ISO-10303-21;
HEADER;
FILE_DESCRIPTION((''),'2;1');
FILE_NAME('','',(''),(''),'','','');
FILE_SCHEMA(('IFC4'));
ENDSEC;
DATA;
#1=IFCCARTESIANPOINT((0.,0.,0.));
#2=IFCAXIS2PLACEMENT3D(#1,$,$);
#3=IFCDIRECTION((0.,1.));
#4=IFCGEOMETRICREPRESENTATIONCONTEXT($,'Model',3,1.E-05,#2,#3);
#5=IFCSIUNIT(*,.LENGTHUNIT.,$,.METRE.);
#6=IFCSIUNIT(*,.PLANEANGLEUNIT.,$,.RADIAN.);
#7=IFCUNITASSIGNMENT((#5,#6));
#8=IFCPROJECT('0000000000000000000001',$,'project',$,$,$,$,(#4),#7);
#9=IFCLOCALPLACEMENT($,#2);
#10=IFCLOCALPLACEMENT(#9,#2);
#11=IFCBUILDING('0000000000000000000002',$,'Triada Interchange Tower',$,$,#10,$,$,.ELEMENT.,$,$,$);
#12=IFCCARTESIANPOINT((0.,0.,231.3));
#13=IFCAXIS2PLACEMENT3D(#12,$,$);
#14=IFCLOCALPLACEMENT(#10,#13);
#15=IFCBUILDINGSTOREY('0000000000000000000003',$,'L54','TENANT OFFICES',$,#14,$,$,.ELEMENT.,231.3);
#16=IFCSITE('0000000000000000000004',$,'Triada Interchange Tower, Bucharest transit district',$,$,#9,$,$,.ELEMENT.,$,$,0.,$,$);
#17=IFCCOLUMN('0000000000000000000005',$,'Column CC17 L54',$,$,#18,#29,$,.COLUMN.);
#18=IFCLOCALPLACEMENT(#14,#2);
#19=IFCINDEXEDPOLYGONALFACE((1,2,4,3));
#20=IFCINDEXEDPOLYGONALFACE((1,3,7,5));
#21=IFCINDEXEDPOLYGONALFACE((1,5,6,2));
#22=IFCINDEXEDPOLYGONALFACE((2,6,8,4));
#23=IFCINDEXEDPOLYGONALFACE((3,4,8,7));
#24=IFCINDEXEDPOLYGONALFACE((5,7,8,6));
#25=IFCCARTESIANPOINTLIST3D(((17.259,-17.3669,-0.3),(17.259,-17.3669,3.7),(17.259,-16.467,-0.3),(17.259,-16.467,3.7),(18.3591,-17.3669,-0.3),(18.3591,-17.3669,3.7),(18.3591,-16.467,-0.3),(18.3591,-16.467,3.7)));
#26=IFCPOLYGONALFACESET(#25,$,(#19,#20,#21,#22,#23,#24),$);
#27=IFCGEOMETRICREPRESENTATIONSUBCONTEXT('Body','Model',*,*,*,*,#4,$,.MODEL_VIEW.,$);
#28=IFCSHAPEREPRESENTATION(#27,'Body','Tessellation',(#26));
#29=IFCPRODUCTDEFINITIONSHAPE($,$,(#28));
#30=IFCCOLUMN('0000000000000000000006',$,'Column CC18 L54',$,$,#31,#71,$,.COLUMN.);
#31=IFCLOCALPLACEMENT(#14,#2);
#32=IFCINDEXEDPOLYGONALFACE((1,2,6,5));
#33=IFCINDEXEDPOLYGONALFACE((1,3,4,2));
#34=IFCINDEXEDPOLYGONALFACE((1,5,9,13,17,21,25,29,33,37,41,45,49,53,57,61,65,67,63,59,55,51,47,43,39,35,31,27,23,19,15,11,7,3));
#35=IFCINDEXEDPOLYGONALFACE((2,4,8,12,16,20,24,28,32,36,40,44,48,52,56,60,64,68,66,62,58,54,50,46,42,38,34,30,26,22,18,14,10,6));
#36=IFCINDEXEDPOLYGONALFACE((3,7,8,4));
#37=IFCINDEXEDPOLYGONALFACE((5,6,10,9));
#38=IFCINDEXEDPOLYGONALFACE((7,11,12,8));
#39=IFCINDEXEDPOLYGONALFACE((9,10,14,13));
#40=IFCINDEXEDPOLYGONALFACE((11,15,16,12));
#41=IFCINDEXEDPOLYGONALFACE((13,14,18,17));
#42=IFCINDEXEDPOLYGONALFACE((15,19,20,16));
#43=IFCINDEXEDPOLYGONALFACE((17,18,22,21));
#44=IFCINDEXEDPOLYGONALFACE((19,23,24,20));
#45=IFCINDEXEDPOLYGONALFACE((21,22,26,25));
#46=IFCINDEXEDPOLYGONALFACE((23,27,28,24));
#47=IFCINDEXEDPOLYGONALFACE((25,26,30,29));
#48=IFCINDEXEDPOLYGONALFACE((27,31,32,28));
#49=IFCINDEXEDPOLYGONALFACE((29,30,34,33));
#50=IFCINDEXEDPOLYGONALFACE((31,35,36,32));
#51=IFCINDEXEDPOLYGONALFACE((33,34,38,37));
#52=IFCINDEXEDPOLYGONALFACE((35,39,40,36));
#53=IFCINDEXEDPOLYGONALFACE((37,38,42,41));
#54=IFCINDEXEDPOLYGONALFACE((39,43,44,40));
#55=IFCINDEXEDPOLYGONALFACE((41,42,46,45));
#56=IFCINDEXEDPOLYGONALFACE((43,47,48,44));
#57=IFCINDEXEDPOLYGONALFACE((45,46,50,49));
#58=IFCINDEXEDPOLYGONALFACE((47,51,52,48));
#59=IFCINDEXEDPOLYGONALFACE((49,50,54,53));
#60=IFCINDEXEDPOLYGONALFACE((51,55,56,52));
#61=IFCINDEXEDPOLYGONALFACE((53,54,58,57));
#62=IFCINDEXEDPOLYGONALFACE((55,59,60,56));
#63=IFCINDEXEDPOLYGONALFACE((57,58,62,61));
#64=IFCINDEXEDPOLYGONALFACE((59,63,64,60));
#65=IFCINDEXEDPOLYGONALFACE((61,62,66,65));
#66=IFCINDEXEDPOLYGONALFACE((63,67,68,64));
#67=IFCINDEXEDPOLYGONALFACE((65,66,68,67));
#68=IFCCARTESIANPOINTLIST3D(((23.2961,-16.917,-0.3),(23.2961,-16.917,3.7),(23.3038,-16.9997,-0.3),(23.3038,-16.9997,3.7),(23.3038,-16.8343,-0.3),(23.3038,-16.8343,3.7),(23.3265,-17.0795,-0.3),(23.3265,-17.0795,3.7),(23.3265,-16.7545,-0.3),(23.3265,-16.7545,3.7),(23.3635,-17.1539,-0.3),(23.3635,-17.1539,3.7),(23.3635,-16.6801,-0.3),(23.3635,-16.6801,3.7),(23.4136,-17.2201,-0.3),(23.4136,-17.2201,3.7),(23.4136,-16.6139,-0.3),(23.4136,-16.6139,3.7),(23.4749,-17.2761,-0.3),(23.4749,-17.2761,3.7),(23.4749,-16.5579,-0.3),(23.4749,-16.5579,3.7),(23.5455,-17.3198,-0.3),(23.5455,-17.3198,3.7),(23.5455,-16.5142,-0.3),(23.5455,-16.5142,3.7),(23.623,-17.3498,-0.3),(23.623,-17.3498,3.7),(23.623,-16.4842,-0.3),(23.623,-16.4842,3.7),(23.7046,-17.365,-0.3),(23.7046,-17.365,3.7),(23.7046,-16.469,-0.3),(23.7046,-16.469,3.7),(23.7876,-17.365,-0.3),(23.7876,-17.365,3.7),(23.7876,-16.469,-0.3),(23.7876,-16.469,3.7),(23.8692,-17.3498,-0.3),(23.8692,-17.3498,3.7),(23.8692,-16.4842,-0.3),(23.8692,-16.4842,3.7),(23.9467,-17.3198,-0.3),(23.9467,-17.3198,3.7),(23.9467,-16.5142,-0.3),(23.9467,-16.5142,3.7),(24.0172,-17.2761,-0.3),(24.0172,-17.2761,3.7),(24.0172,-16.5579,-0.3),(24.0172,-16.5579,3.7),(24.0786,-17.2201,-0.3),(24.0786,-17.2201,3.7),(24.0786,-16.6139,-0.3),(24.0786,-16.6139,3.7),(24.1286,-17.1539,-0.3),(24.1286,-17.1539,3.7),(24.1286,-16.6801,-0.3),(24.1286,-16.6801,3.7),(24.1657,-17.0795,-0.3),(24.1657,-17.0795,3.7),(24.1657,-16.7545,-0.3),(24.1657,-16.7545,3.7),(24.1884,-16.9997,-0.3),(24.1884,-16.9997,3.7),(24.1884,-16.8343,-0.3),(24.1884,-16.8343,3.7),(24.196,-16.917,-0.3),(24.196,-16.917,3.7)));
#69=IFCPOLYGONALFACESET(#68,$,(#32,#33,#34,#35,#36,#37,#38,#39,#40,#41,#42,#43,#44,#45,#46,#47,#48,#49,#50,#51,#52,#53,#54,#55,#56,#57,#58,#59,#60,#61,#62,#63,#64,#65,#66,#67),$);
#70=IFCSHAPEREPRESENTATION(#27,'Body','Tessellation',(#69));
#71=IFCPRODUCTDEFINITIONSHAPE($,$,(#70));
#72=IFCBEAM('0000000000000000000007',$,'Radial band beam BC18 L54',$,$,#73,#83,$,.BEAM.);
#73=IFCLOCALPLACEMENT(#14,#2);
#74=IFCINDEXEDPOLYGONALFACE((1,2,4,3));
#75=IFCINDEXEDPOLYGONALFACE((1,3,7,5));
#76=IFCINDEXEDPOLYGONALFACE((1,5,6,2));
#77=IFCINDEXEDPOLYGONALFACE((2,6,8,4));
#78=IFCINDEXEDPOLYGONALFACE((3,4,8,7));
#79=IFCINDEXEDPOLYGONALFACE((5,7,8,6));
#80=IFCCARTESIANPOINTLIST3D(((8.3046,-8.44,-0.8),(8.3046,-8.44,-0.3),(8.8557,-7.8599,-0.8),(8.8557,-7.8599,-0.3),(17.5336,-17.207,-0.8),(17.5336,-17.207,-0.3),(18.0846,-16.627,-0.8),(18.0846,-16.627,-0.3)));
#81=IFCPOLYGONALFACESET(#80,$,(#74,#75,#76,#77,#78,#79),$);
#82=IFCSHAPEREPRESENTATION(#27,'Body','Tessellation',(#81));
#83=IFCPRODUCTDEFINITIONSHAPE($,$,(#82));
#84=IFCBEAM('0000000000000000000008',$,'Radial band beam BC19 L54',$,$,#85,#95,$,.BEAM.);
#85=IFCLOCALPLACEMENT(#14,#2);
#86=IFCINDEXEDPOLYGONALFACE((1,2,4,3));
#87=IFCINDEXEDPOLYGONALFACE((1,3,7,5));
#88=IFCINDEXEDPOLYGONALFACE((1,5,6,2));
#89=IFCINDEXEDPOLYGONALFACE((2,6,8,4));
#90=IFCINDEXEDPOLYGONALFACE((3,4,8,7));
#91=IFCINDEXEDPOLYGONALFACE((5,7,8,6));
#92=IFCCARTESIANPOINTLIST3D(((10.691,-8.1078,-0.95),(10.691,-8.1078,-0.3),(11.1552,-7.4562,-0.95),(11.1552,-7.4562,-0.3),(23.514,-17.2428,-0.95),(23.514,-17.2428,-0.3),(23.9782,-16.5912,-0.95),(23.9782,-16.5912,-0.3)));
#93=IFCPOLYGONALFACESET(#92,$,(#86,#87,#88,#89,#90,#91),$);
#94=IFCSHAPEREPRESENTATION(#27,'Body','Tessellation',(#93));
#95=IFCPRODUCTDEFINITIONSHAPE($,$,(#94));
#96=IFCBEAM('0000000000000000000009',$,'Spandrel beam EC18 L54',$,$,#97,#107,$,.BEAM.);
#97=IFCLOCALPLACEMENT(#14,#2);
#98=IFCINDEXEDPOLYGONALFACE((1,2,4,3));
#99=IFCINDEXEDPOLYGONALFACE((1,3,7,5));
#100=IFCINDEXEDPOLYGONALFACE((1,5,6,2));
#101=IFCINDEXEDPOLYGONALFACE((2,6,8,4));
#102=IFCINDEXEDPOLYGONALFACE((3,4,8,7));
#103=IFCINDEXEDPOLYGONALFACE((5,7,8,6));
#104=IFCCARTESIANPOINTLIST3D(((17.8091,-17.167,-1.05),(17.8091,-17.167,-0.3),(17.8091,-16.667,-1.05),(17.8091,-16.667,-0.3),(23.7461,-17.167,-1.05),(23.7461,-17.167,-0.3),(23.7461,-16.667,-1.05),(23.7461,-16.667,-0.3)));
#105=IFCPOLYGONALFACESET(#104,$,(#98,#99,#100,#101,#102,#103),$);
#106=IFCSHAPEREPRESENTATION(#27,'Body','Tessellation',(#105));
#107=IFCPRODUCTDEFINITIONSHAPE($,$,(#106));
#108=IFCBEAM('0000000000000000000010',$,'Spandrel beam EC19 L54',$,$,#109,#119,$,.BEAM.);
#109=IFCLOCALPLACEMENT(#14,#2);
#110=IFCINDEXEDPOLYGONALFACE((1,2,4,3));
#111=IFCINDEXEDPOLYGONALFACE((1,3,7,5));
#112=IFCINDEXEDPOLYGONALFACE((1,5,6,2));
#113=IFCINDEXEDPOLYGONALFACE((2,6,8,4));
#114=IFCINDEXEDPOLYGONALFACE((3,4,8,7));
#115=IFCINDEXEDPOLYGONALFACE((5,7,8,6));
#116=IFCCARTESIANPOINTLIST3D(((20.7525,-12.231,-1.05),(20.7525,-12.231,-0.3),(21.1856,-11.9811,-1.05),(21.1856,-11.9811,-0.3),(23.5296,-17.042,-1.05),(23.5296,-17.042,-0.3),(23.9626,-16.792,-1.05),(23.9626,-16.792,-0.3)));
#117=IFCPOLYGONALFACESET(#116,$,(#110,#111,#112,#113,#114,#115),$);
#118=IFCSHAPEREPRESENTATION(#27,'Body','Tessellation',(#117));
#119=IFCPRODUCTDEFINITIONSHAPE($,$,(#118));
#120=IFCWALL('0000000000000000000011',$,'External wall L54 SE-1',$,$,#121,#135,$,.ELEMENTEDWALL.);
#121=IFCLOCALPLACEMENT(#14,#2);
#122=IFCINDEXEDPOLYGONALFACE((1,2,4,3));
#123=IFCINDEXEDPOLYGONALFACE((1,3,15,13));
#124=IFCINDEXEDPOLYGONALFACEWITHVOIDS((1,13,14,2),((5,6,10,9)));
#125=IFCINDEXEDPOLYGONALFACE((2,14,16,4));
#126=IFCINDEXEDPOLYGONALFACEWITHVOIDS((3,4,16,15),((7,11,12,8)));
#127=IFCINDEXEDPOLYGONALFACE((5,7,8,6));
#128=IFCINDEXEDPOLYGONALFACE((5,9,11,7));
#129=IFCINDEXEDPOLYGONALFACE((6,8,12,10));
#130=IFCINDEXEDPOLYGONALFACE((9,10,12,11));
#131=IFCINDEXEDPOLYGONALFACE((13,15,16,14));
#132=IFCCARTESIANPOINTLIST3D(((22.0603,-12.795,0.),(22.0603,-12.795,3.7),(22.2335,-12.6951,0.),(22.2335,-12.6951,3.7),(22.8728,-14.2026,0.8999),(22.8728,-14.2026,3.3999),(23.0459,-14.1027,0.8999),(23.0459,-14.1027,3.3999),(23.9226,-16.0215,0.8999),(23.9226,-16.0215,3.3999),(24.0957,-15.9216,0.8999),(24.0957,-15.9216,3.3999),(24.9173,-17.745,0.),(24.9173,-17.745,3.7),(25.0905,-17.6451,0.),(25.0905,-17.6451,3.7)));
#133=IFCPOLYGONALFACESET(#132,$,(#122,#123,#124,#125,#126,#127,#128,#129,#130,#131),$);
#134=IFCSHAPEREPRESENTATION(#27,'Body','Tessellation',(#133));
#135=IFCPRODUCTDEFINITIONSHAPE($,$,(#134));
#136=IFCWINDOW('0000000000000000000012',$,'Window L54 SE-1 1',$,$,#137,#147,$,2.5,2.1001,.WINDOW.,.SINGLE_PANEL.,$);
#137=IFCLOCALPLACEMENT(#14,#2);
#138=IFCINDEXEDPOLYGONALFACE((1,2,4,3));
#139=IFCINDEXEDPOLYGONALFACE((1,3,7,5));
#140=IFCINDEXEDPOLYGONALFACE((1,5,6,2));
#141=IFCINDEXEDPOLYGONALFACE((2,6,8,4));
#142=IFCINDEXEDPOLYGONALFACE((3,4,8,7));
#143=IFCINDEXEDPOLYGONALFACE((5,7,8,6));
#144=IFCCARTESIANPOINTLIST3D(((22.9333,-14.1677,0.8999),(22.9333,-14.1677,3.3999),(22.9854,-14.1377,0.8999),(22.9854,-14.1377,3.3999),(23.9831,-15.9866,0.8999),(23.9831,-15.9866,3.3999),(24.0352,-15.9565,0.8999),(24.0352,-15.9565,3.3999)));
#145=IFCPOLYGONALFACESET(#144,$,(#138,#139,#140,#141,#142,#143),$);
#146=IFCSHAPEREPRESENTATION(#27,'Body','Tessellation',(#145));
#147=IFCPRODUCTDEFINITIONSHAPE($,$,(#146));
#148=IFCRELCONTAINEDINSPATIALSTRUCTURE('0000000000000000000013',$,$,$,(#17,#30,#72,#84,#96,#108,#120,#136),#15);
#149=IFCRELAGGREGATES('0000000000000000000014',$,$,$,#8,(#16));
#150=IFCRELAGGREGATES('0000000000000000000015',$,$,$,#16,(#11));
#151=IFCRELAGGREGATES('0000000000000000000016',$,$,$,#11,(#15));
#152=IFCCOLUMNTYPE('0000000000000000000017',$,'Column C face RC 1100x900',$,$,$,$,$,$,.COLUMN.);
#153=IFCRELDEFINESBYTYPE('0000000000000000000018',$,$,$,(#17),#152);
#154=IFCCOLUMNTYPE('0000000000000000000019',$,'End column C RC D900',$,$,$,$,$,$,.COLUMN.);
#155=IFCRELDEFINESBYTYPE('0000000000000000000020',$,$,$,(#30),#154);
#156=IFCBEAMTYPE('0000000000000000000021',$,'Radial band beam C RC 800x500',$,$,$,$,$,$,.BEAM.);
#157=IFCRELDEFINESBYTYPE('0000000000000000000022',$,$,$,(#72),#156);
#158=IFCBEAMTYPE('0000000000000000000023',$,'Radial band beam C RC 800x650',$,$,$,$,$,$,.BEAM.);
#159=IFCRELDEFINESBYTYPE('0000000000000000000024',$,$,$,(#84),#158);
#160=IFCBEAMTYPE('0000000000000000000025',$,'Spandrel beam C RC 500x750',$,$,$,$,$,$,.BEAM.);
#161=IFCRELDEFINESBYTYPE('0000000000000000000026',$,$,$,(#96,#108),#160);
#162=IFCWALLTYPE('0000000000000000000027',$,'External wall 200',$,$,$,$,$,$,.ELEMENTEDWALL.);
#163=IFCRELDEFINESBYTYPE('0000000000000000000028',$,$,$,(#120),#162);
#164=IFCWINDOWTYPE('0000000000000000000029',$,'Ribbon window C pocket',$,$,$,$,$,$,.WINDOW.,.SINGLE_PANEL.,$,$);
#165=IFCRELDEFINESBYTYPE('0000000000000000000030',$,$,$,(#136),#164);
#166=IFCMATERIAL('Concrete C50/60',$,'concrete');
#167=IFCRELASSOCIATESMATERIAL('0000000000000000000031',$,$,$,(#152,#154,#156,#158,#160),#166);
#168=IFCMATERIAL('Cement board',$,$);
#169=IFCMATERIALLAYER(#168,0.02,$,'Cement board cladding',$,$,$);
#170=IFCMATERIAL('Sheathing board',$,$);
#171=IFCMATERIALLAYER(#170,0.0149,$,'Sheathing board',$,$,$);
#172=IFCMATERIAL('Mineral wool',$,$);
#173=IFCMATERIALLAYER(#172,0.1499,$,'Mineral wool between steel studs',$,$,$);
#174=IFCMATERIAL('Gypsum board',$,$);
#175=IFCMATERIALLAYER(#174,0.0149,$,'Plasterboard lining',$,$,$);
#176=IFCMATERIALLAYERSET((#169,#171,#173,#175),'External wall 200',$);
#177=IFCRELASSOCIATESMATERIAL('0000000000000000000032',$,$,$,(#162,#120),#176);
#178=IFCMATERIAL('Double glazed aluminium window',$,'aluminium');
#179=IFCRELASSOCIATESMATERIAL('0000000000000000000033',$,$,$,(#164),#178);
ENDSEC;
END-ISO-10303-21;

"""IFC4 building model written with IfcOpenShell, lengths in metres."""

from ifc_helpers import new_model, si_unit, direction, frame, frame_2d, origin, origin_2d, place, context, subcontext, project, spatial, rectangle, circle, extrude, material, layer, layer_set, layer_usage, material_profile, profile_set, type_object, element, fill, save


model = new_model("IFC4")

# Units and contexts
model_context = context("Model", 3, precision=1e-05, world=origin(), true_north=direction((0.0, 1.0)))
body_context = subcontext(model_context, "Body", "Model", "MODEL_VIEW")
ifc_project = project(units=[si_unit("LENGTHUNIT", "METRE"), si_unit("PLANEANGLEUNIT", "RADIAN")], contexts=[model_context])

# Site, building, storey
site_placement = place(None, origin())
site = spatial("IfcSite", under=ifc_project, at=site_placement, Name="Triada Interchange Tower, Bucharest transit district", CompositionType="ELEMENT", RefElevation=0.0)
building_placement = place(site_placement, origin())
building = spatial("IfcBuilding", under=site, at=building_placement, Name="Triada Interchange Tower", CompositionType="ELEMENT")
storey_placement = place(building_placement, frame((0.0, 0.0, 231.3)))
storey = spatial("IfcBuildingStorey", under=building, at=storey_placement, Name="L54", Description="TENANT OFFICES", CompositionType="ELEMENT", Elevation=231.3)

# Columns
ifc_material_1 = material(Name="Concrete C50/60", Category="concrete")
ifc_material_profile_1 = material_profile(ifc_material_1, rectangle(XDim=1.1001, YDim=0.8999, at=origin_2d()), Name="RC 1100x900")
ifc_profile_set_1 = profile_set([ifc_material_profile_1], Name="Concrete C50/60")
column_type_1 = type_object("IfcColumnType", Name="Column C face RC 1100x900", PredefinedType="COLUMN", material=ifc_profile_set_1)
column_1_placement = place(storey_placement, frame((17.8091, -16.917, -0.3), z_axis=(0.0, 0.0, 1.0), x_axis=(1.0, 0.0, 0.0)))
element("IfcColumn", 1, at=column_1_placement, inside=storey, type_object=column_type_1, Name="Column CC17 L54", PredefinedType="COLUMN", context=body_context, shape_type="SweptSolid", body=[
    extrude(rectangle(XDim=1.1001, YDim=0.8999, at=origin_2d()), origin(), (0.0, 0.0, 1.0), 4.0),
])
ifc_material_profile_2 = material_profile(ifc_material_1, circle(Radius=0.45, at=origin_2d()), Name="RC D900")
ifc_profile_set_2 = profile_set([ifc_material_profile_2], Name="Concrete C50/60")
column_type_2 = type_object("IfcColumnType", Name="End column C RC D900", PredefinedType="COLUMN", material=ifc_profile_set_2)
column_2_placement = place(storey_placement, frame((23.7461, -16.917, -0.3), z_axis=(0.0, 0.0, 1.0), x_axis=(1.0, 0.0, 0.0)))
element("IfcColumn", 2, at=column_2_placement, inside=storey, type_object=column_type_2, Name="Column CC18 L54", PredefinedType="COLUMN", context=body_context, shape_type="SweptSolid", body=[
    extrude(circle(Radius=0.45, at=origin_2d()), origin(), (0.0, 0.0, 1.0), 4.0),
])

# Beams
ifc_material_profile_3 = material_profile(ifc_material_1, rectangle(XDim=0.8, YDim=0.5, at=origin_2d()), Name="RC 800x500")
ifc_profile_set_3 = profile_set([ifc_material_profile_3], Name="Concrete C50/60")
beam_type_1 = type_object("IfcBeamType", Name="Radial band beam C RC 800x500", PredefinedType="BEAM", material=ifc_profile_set_3)
beam_1_placement = place(storey_placement, frame((17.8091, -16.917, -0.55), z_axis=(-0.725018, 0.68873, 0.0), x_axis=(-0.68873, -0.725018, 0.0)))
element("IfcBeam", 3, at=beam_1_placement, inside=storey, type_object=beam_type_1, Name="Radial band beam BC18 L54", PredefinedType="BEAM", context=body_context, shape_type="SweptSolid", body=[
    extrude(rectangle(XDim=0.8, YDim=0.5, at=origin_2d()), origin(), (0.0, 0.0, 1.0), 12.7292),
])
ifc_material_profile_4 = material_profile(ifc_material_1, rectangle(XDim=0.8, YDim=0.6499, at=origin_2d()), Name="RC 800x650")
ifc_profile_set_4 = profile_set([ifc_material_profile_4], Name="Concrete C50/60")
beam_type_2 = type_object("IfcBeamType", Name="Radial band beam C RC 800x650", PredefinedType="BEAM", material=ifc_profile_set_4)
beam_2_placement = place(storey_placement, frame((23.7461, -16.917, -0.625), z_axis=(-0.814462, 0.580217, 0.0), x_axis=(-0.580217, -0.814462, 0.0)))
element("IfcBeam", 4, at=beam_2_placement, inside=storey, type_object=beam_type_2, Name="Radial band beam BC19 L54", PredefinedType="BEAM", context=body_context, shape_type="SweptSolid", body=[
    extrude(rectangle(XDim=0.8, YDim=0.6499, at=origin_2d()), origin(), (0.0, 0.0, 1.0), 15.7441),
])
ifc_material_profile_5 = material_profile(ifc_material_1, rectangle(XDim=0.5, YDim=0.75, at=origin_2d()), Name="RC 500x750")
ifc_profile_set_5 = profile_set([ifc_material_profile_5], Name="Concrete C50/60")
beam_type_3 = type_object("IfcBeamType", Name="Spandrel beam C RC 500x750", PredefinedType="BEAM", material=ifc_profile_set_5)
beam_3_placement = place(storey_placement, frame((17.8091, -16.917, -0.675), z_axis=(1.0, 0.0, 0.0), x_axis=(0.0, 1.0, 0.0)))
element("IfcBeam", 5, at=beam_3_placement, inside=storey, type_object=beam_type_3, Name="Spandrel beam EC18 L54", PredefinedType="BEAM", context=body_context, shape_type="SweptSolid", body=[
    extrude(rectangle(XDim=0.5, YDim=0.75, at=origin_2d()), origin(), (0.0, 0.0, 1.0), 5.937),
])
beam_4_placement = place(storey_placement, frame((23.7461, -16.917, -0.675), z_axis=(-0.499925, 0.866068, 0.0), x_axis=(-0.866068, -0.499925, 0.0)))
element("IfcBeam", 6, at=beam_4_placement, inside=storey, type_object=beam_type_3, Name="Spandrel beam EC19 L54", PredefinedType="BEAM", context=body_context, shape_type="SweptSolid", body=[
    extrude(rectangle(XDim=0.5, YDim=0.75, at=origin_2d()), origin(), (0.0, 0.0, 1.0), 5.5549),
])

# Wall, opening, window
ifc_material_2 = material(Name="Cement board")
ifc_layer_1 = layer(ifc_material_2, 0.02, Name="Cement board cladding")
ifc_material_3 = material(Name="Sheathing board")
ifc_layer_2 = layer(ifc_material_3, 0.0149, Name="Sheathing board")
ifc_material_4 = material(Name="Mineral wool")
ifc_layer_3 = layer(ifc_material_4, 0.1499, Name="Mineral wool between steel studs")
ifc_material_5 = material(Name="Gypsum board")
ifc_layer_4 = layer(ifc_material_5, 0.0149, Name="Plasterboard lining")
ifc_layer_set_1 = layer_set([ifc_layer_1, ifc_layer_2, ifc_layer_3, ifc_layer_4], Name="External wall 200")
ifc_layer_usage = layer_usage(ifc_layer_set_1, "AXIS2", "POSITIVE", -0.1001)
wall_type_1 = type_object("IfcWallType", Name="External wall 200", PredefinedType="ELEMENTEDWALL", material=ifc_layer_set_1)
wall_1_placement = place(storey_placement, frame((25.0039, -17.6951, 0.0), z_axis=(0.0, 0.0, 1.0), x_axis=(-0.499879, 0.866095, 0.0)))
wall_1 = element("IfcWall", 7, at=wall_1_placement, inside=storey, type_object=wall_type_1, material=ifc_layer_usage, Name="External wall L54 SE-1", PredefinedType="ELEMENTEDWALL", context=body_context, shape_type="SweptSolid", body=[
    extrude(rectangle(XDim=5.7153, YDim=0.2, at=frame_2d((2.8577, 0.0))), origin(), (0.0, 0.0, 1.0), 3.7),
])
opening_1_placement = place(wall_1_placement, frame((1.99, 0.0, 0.8999)))
opening_1 = element("IfcOpeningElement", 8, at=opening_1_placement, cuts=wall_1, PredefinedType="OPENING", context=body_context, shape_type="SweptSolid", body=[
    extrude(rectangle(XDim=2.1001, YDim=2.5, at=frame_2d((1.05, 1.25))), frame((0.0, 0.1099, 0.0), z_axis=(0.0, -1.0, 0.0), x_axis=(1.0, 0.0, 0.0)), (0.0, 0.0, 1.0), 0.22),
])
ifc_material_6 = material(Name="Double glazed aluminium window", Category="aluminium")
window_type_1 = type_object("IfcWindowType", Name="Ribbon window C pocket", PartitioningType="SINGLE_PANEL", PredefinedType="WINDOW", material=ifc_material_6)
window_1_placement = place(opening_1_placement, origin())
window_1 = element("IfcWindow", 9, at=window_1_placement, inside=storey, type_object=window_type_1, Name="Window L54 SE-1 1", OverallHeight=2.5, OverallWidth=2.1001, PartitioningType="SINGLE_PANEL", PredefinedType="WINDOW", context=body_context, shape_type="SweptSolid", body=[
    extrude(rectangle(XDim=2.1001, YDim=2.5, at=frame_2d((1.05, 1.25))), frame((0.0, 0.03, 0.0), z_axis=(0.0, -1.0, 0.0), x_axis=(1.0, 0.0, 0.0)), (0.0, 0.0, 1.0), 0.0601),
])
fill(opening_1, window_1)

save(model, "model.ifc")
